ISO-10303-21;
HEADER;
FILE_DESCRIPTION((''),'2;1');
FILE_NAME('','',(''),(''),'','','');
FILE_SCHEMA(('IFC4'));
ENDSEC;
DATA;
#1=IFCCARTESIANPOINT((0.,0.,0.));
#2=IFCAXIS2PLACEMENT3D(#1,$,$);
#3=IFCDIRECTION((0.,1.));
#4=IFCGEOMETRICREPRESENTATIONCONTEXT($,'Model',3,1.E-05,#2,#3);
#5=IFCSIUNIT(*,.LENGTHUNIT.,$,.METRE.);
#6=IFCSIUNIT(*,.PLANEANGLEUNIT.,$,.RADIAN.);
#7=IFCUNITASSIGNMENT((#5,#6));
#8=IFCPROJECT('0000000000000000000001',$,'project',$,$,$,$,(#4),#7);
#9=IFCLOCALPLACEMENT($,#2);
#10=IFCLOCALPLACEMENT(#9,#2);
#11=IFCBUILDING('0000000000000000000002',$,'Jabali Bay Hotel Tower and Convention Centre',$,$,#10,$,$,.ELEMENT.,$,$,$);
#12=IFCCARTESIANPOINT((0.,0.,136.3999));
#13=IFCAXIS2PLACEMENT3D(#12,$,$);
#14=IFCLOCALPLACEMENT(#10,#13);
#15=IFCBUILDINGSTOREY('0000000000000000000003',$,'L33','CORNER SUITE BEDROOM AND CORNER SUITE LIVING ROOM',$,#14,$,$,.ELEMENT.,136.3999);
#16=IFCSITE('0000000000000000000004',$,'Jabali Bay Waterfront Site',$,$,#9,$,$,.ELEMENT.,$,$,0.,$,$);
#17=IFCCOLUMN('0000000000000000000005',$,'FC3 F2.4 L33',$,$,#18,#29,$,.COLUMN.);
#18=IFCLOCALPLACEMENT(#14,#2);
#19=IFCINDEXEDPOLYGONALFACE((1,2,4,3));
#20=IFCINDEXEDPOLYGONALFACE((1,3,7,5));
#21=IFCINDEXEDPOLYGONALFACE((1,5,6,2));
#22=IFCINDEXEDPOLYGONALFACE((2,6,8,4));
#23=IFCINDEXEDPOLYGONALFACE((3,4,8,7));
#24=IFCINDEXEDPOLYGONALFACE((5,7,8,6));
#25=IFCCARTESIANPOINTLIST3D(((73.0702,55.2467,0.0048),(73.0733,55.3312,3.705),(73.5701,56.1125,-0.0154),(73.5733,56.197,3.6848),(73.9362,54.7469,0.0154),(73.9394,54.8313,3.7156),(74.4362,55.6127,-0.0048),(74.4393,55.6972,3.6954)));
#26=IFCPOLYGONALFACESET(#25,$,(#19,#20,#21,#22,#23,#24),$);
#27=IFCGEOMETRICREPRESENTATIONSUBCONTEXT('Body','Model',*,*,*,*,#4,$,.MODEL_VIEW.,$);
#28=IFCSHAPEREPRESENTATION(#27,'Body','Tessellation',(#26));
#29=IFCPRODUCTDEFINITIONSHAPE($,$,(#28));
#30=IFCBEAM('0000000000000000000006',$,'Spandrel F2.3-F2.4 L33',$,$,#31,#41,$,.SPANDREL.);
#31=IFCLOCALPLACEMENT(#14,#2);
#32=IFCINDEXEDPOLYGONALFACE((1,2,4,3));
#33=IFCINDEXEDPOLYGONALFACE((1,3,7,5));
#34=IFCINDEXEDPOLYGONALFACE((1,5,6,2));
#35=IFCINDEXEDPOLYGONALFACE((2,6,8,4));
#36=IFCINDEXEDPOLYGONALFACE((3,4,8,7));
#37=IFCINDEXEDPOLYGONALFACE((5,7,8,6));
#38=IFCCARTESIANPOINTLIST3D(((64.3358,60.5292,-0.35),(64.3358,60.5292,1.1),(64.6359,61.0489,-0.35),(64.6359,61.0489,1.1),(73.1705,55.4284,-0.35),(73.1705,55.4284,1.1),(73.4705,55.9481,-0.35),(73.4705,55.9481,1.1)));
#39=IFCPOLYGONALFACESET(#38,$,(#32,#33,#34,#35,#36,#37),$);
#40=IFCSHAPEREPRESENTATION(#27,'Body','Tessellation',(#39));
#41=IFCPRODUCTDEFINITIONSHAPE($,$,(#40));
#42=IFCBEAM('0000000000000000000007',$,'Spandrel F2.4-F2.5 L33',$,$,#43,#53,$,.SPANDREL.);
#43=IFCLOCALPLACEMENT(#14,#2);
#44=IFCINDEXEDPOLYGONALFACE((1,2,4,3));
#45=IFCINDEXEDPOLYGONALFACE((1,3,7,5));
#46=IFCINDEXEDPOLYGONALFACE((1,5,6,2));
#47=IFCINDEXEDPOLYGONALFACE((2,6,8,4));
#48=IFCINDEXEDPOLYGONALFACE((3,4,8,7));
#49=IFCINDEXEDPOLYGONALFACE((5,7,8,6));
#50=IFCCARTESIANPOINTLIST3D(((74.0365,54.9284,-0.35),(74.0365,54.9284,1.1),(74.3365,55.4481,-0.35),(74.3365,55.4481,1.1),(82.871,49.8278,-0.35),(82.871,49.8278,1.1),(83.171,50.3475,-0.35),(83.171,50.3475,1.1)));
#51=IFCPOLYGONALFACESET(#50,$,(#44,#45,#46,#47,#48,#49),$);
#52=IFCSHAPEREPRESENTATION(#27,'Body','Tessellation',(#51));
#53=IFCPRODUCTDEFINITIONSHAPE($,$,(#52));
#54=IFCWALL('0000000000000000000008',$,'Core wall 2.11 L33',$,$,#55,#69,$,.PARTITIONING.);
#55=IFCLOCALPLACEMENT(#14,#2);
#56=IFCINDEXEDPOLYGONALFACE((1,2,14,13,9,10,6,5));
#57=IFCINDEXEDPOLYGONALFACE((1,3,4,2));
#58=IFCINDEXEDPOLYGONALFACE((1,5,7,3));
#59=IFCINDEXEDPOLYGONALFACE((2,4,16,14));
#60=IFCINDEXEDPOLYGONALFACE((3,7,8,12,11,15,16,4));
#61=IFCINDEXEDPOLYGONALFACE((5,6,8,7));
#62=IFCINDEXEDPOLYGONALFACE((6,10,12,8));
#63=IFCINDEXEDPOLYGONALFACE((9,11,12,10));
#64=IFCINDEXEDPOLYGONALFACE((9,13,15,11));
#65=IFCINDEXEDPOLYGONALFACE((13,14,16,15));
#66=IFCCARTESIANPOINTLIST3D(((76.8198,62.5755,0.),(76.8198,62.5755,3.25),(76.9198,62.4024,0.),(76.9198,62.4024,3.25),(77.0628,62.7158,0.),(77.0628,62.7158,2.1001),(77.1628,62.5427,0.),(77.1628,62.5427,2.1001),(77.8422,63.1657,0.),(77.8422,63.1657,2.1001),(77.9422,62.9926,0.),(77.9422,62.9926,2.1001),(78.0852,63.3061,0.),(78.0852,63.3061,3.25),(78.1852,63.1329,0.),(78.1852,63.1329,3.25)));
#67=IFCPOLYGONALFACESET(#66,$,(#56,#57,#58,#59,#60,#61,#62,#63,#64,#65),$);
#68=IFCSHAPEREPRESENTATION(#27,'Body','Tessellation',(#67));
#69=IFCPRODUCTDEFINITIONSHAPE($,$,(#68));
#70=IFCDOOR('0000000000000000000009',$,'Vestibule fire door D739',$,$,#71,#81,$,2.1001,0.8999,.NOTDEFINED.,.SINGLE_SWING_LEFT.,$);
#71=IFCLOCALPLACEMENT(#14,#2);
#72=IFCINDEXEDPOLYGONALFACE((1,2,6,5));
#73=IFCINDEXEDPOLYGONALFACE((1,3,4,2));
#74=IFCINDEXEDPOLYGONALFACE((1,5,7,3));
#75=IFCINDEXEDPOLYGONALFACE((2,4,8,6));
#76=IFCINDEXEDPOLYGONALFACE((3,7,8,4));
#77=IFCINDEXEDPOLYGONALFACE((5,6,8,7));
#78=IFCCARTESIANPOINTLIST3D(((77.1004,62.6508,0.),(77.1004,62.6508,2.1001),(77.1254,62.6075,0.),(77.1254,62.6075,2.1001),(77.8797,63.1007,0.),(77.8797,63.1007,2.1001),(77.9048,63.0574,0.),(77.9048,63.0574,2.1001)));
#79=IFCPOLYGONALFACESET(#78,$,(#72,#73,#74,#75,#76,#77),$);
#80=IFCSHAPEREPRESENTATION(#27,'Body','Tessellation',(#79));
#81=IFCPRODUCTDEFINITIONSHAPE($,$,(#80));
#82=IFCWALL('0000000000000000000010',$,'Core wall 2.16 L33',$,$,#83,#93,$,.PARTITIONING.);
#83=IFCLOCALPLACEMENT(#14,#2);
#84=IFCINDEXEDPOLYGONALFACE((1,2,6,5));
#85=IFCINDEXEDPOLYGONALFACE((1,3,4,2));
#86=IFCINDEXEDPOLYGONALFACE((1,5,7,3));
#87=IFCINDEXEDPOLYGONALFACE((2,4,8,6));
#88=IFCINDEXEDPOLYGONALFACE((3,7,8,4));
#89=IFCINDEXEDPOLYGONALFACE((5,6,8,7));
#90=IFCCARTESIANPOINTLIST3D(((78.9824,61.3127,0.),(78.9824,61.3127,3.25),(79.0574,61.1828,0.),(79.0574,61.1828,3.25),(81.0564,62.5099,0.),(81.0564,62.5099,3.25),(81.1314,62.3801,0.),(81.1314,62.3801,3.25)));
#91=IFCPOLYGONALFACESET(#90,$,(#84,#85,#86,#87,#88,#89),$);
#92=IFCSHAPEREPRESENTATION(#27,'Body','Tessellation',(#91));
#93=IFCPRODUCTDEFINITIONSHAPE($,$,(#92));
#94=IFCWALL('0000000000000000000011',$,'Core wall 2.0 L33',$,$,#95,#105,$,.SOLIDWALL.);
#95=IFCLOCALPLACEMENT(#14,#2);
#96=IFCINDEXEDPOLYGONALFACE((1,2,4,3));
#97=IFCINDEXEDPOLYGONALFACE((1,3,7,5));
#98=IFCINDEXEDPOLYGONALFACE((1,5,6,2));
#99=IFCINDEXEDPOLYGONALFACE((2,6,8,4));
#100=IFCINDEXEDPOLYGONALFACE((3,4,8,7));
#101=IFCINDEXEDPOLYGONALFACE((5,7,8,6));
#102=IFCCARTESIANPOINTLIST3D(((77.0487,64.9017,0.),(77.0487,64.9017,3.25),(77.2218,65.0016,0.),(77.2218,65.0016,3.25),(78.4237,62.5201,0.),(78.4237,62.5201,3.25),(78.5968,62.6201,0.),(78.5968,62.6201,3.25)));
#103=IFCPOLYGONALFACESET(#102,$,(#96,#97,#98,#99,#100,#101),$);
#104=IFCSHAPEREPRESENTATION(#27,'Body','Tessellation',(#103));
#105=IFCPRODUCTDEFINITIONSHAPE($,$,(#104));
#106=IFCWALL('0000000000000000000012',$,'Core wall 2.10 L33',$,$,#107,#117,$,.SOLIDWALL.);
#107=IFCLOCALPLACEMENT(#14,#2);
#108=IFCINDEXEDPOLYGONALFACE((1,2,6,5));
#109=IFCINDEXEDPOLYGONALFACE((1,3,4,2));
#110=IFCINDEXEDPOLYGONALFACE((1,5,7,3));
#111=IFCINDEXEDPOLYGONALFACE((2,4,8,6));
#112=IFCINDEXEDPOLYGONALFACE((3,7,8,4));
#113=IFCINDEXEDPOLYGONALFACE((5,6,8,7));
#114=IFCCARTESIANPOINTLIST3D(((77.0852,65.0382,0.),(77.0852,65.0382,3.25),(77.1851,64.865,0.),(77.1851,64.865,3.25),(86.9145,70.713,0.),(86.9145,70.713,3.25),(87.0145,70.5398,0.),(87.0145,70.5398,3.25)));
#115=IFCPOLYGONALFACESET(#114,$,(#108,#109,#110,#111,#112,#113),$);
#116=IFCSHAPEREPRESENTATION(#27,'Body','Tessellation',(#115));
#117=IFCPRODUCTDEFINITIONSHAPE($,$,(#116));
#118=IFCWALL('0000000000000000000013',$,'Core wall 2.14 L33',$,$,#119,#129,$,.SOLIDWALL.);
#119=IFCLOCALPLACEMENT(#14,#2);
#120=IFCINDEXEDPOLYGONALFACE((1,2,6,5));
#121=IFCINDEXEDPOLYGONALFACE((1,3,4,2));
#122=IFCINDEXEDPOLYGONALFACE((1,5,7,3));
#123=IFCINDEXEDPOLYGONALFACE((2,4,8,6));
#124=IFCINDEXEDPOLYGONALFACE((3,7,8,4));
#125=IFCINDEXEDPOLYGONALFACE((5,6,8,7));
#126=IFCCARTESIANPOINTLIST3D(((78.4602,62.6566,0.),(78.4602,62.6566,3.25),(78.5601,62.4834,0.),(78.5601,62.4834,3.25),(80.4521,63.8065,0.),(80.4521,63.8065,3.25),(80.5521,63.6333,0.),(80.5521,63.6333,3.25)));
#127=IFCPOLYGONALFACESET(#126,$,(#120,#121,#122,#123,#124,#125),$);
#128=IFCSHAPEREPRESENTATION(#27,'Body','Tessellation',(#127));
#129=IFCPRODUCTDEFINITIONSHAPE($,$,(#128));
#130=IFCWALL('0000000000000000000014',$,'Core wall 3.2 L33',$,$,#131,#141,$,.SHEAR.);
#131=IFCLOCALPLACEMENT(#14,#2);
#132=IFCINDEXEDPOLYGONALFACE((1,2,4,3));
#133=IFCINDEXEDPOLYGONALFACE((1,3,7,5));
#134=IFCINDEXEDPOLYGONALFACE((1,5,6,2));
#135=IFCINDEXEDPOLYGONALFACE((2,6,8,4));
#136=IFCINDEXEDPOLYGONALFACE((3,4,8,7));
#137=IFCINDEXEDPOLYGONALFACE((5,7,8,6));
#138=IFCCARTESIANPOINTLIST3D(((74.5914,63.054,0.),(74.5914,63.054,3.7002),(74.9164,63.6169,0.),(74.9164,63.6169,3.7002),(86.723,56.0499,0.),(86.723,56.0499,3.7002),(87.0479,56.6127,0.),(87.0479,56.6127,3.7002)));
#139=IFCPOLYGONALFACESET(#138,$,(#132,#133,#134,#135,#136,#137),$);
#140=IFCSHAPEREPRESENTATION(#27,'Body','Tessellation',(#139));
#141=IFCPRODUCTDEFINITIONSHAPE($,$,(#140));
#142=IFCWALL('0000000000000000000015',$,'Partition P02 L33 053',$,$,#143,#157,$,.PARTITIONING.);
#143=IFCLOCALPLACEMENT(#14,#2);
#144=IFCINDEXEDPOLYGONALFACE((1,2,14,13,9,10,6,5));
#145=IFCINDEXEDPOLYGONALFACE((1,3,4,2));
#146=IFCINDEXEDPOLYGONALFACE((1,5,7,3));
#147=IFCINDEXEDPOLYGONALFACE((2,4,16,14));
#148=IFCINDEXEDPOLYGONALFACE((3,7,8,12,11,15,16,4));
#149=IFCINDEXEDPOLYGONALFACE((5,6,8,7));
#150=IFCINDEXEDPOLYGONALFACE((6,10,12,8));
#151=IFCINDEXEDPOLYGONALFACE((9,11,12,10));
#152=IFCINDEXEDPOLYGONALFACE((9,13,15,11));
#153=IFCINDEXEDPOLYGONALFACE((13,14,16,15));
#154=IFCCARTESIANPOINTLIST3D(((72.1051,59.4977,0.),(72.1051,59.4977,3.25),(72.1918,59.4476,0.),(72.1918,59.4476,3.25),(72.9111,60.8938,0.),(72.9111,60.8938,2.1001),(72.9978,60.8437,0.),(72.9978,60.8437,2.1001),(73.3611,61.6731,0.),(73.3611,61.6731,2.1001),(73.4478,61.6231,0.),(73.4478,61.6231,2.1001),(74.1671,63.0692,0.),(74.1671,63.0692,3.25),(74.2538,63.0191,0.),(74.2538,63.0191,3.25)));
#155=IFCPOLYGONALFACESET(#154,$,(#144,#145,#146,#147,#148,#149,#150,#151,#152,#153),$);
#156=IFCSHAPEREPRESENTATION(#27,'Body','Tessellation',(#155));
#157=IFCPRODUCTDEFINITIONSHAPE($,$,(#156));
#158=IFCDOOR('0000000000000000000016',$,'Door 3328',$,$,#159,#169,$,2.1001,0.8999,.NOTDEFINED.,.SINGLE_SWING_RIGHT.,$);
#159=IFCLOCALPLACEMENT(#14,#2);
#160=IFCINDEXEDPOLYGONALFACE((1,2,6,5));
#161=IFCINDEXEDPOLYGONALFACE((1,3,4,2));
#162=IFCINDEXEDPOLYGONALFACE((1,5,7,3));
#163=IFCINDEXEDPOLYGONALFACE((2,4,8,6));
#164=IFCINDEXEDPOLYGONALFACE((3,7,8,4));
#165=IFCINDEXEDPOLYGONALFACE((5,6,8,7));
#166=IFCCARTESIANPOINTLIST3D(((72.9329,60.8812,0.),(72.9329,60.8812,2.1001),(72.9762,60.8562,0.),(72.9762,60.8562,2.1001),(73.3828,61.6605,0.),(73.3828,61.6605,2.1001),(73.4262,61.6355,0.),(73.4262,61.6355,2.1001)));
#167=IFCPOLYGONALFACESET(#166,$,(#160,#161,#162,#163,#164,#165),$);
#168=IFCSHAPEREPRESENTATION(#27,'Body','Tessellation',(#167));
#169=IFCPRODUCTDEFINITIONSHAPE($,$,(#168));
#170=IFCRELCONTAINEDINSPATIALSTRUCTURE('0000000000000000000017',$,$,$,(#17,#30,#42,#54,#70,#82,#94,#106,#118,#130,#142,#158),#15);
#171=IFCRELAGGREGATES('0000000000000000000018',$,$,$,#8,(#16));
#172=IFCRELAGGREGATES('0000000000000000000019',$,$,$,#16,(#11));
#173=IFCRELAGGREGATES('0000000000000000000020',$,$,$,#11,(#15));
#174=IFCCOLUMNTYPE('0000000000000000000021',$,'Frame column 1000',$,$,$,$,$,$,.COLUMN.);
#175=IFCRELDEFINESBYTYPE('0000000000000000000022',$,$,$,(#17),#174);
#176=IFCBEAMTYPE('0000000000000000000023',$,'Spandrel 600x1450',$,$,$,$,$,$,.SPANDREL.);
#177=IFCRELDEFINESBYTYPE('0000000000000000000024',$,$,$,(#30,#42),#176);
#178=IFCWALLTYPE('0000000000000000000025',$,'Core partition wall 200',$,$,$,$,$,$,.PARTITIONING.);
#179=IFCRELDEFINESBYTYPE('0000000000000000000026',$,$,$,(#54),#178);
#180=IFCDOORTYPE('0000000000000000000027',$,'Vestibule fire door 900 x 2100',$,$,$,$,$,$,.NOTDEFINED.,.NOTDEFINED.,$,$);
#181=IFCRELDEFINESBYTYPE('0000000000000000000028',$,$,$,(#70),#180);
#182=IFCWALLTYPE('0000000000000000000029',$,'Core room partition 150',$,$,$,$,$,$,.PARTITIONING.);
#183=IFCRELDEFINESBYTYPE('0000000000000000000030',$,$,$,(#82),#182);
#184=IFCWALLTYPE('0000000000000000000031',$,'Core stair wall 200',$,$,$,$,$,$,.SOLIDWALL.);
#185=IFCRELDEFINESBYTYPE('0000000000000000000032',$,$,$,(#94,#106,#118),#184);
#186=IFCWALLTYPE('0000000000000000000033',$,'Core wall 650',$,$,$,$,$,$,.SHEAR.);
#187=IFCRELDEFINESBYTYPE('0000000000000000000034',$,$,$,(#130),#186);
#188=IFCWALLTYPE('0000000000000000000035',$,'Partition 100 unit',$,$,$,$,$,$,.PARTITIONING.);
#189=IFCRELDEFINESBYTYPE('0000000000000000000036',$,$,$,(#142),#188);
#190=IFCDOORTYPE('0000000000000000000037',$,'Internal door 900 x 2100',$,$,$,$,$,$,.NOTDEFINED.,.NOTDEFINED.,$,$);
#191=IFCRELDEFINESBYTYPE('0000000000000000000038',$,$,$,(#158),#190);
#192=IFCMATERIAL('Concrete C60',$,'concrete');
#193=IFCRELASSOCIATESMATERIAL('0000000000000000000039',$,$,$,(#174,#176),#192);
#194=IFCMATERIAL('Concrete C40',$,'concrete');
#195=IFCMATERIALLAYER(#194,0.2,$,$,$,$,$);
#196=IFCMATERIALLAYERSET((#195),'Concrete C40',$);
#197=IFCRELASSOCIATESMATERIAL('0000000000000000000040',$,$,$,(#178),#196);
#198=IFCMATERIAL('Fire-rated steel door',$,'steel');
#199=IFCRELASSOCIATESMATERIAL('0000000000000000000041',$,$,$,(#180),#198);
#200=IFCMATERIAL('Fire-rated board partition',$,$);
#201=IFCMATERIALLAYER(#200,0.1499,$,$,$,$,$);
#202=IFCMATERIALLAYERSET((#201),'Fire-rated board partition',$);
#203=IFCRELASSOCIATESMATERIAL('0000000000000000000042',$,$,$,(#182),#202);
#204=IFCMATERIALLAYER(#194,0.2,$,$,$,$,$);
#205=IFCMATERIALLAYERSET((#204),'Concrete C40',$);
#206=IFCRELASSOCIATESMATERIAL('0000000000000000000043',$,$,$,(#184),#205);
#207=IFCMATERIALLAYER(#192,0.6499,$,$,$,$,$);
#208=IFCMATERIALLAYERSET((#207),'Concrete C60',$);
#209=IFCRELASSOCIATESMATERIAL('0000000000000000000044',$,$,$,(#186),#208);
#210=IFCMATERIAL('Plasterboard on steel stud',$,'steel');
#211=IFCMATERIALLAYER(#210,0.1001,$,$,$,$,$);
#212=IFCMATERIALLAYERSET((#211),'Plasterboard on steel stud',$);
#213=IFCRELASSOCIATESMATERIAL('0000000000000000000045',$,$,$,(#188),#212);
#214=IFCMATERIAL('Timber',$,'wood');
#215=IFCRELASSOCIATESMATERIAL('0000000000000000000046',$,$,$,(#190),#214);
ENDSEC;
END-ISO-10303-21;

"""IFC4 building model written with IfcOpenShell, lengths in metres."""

from ifc_helpers import new_model, si_unit, direction, frame, frame_2d, origin, origin_2d, place, context, subcontext, project, spatial, rectangle, extrude, material, layer, layer_set, material_profile, profile_set, type_object, element, fill, save


model = new_model("IFC4")

# Units and contexts
model_context = context("Model", 3, precision=1e-05, world=origin(), true_north=direction((0.0, 1.0)))
body_context = subcontext(model_context, "Body", "Model", "MODEL_VIEW")
ifc_project = project(units=[si_unit("LENGTHUNIT", "METRE"), si_unit("PLANEANGLEUNIT", "RADIAN")], contexts=[model_context])

# Site, building, storey
site_placement = place(None, origin())
site = spatial("IfcSite", under=ifc_project, at=site_placement, Name="Jabali Bay Waterfront Site", CompositionType="ELEMENT", RefElevation=0.0)
building_placement = place(site_placement, origin())
building = spatial("IfcBuilding", under=site, at=building_placement, Name="Jabali Bay Hotel Tower and Convention Centre", CompositionType="ELEMENT")
storey_placement = place(building_placement, frame((0.0, 0.0, 136.3999)))
storey = spatial("IfcBuildingStorey", under=building, at=storey_placement, Name="L33", Description="CORNER SUITE BEDROOM AND CORNER SUITE LIVING ROOM", CompositionType="ELEMENT", Elevation=136.3999)

# Column
ifc_material_1 = material(Name="Concrete C60", Category="concrete")
ifc_material_profile_1 = material_profile(ifc_material_1, rectangle(XDim=1.0, YDim=1.0, at=origin_2d()), Name="Frame column 1000")
ifc_profile_set_1 = profile_set([ifc_material_profile_1], Name="Concrete C60")
column_type = type_object("IfcColumnType", Name="Frame column 1000", PredefinedType="COLUMN", material=ifc_profile_set_1)
column_placement = place(storey_placement, frame((73.7532, 55.4297, 0.0), z_axis=(0.000858, 0.022823, 0.999739), x_axis=(-0.499939, -0.865825, 0.020195)))
element("IfcColumn", 1, at=column_placement, inside=storey, type_object=column_type, Name="FC3 F2.4 L33", PredefinedType="COLUMN", context=body_context, shape_type="SweptSolid", body=[
    extrude(rectangle(XDim=1.0, YDim=1.0, at=origin_2d()), origin(), (0.0, 0.0, 1.0), 3.7012),
])

# Beams
ifc_material_profile_2 = material_profile(ifc_material_1, rectangle(XDim=0.6001, YDim=1.45, at=origin_2d()), Name="Spandrel 600x1450")
ifc_profile_set_2 = profile_set([ifc_material_profile_2], Name="Concrete C60")
beam_type = type_object("IfcBeamType", Name="Spandrel 600x1450", PredefinedType="SPANDREL", material=ifc_profile_set_2)
beam_1_placement = place(storey_placement, frame((64.4858, 60.7891, 0.375), z_axis=(0.866021, -0.500008, 0.0), x_axis=(0.500008, 0.866021, 0.0)))
element("IfcBeam", 2, at=beam_1_placement, inside=storey, type_object=beam_type, Name="Spandrel F2.3-F2.4 L33", PredefinedType="SPANDREL", context=body_context, shape_type="SweptSolid", body=[
    extrude(rectangle(XDim=0.6001, YDim=1.45, at=origin_2d()), origin(), (0.0, 0.0, 1.0), 10.2014),
])
beam_2_placement = place(storey_placement, frame((74.1865, 55.1882, 0.375), z_axis=(0.866025, -0.5, 0.0), x_axis=(0.5, 0.866025, 0.0)))
element("IfcBeam", 3, at=beam_2_placement, inside=storey, type_object=beam_type, Name="Spandrel F2.4-F2.5 L33", PredefinedType="SPANDREL", context=body_context, shape_type="SweptSolid", body=[
    extrude(rectangle(XDim=0.6001, YDim=1.45, at=origin_2d()), origin(), (0.0, 0.0, 1.0), 10.2012),
])

# Wall, opening, door
ifc_material_2 = material(Name="Concrete C40", Category="concrete")
ifc_layer_1 = layer(ifc_material_2, 0.2)
ifc_layer_set_1 = layer_set([ifc_layer_1], Name="Concrete C40")
wall_type_1 = type_object("IfcWallType", Name="Core partition wall 200", PredefinedType="PARTITIONING", material=ifc_layer_set_1)
wall_1_placement = place(storey_placement, frame((76.8699, 62.489, 0.0), z_axis=(0.0, 0.0, 1.0), x_axis=(0.866055, 0.499949, 0.0)))
wall_1 = element("IfcWall", 4, at=wall_1_placement, inside=storey, type_object=wall_type_1, Name="Core wall 2.11 L33", PredefinedType="PARTITIONING", context=body_context, shape_type="SweptSolid", body=[
    extrude(rectangle(XDim=1.4612, YDim=0.2, at=frame_2d((0.7305, 0.0))), origin(), (0.0, 0.0, 1.0), 3.25),
])
opening_1_placement = place(wall_1_placement, frame((0.2805, 0.0, 0.0)))
opening_1 = element("IfcOpeningElement", 5, at=opening_1_placement, cuts=wall_1, PredefinedType="OPENING", context=body_context, shape_type="SweptSolid", body=[
    extrude(rectangle(XDim=0.8999, YDim=2.1001, at=frame_2d((0.45, 1.05))), frame((0.0, 0.1104, 0.0), z_axis=(0.0, -1.0, 0.0), x_axis=(1.0, 0.0, 0.0)), (0.0, 0.0, 1.0), 0.2209),
])
ifc_material_3 = material(Name="Fire-rated steel door", Category="steel")
door_type_1 = type_object("IfcDoorType", Name="Vestibule fire door 900 x 2100", OperationType="NOTDEFINED", PredefinedType="NOTDEFINED", material=ifc_material_3)
door_1_placement = place(opening_1_placement, origin())
door_1 = element("IfcDoor", 6, at=door_1_placement, inside=storey, type_object=door_type_1, Name="Vestibule fire door D739", OperationType="SINGLE_SWING_LEFT", OverallHeight=2.1001, OverallWidth=0.8999, PredefinedType="NOTDEFINED", context=body_context, shape_type="SweptSolid", body=[
    extrude(rectangle(XDim=0.8999, YDim=2.1001, at=frame_2d((0.45, 1.05))), frame((0.0, 0.0249, 0.0), z_axis=(0.0, -1.0, 0.0), x_axis=(1.0, 0.0, 0.0)), (0.0, 0.0, 1.0), 0.05),
])
fill(opening_1, door_1)

# Walls
ifc_material_4 = material(Name="Fire-rated board partition")
ifc_layer_2 = layer(ifc_material_4, 0.1499)
ifc_layer_set_2 = layer_set([ifc_layer_2], Name="Fire-rated board partition")
wall_type_2 = type_object("IfcWallType", Name="Core room partition 150", PredefinedType="PARTITIONING", material=ifc_layer_set_2)
wall_2_placement = place(storey_placement, frame((79.02, 61.2478, 0.0), z_axis=(0.0, 0.0, 1.0), x_axis=(0.866051, 0.499955, 0.0)))
element("IfcWall", 7, at=wall_2_placement, inside=storey, type_object=wall_type_2, Name="Core wall 2.16 L33", PredefinedType="PARTITIONING", context=body_context, shape_type="SweptSolid", body=[
    extrude(rectangle(XDim=2.3948, YDim=0.1499, at=frame_2d((1.1973, 0.0))), origin(), (0.0, 0.0, 1.0), 3.25),
])
ifc_layer_3 = layer(ifc_material_2, 0.2)
ifc_layer_set_3 = layer_set([ifc_layer_3], Name="Concrete C40")
wall_type_3 = type_object("IfcWallType", Name="Core stair wall 200", PredefinedType="SOLIDWALL", material=ifc_layer_set_3)
wall_3_placement = place(storey_placement, frame((77.1353, 64.9517, 0.0), z_axis=(0.0, 0.0, 1.0), x_axis=(0.499997, -0.866027, 0.0)))
element("IfcWall", 8, at=wall_3_placement, inside=storey, type_object=wall_type_3, Name="Core wall 2.0 L33", PredefinedType="SOLIDWALL", context=body_context, shape_type="SweptSolid", body=[
    extrude(rectangle(XDim=2.75, YDim=0.2, at=frame_2d((1.375, 0.0))), origin(), (0.0, 0.0, 1.0), 3.25),
])
wall_4_placement = place(storey_placement, frame((77.1353, 64.9517, 0.0), z_axis=(0.0, 0.0, 1.0), x_axis=(0.866032, 0.499989, 0.0)))
element("IfcWall", 9, at=wall_4_placement, inside=storey, type_object=wall_type_3, Name="Core wall 2.10 L33", PredefinedType="SOLIDWALL", context=body_context, shape_type="SweptSolid", body=[
    extrude(rectangle(XDim=11.3499, YDim=0.2, at=frame_2d((5.6748, 0.0))), origin(), (0.0, 0.0, 1.0), 3.25),
])
wall_5_placement = place(storey_placement, frame((78.5103, 62.5701, 0.0), z_axis=(0.0, 0.0, 1.0), x_axis=(0.866053, 0.499952, 0.0)))
element("IfcWall", 10, at=wall_5_placement, inside=storey, type_object=wall_type_3, Name="Core wall 2.14 L33", PredefinedType="SOLIDWALL", context=body_context, shape_type="SweptSolid", body=[
    extrude(rectangle(XDim=2.3, YDim=0.2, at=frame_2d((1.1499, 0.0))), origin(), (0.0, 0.0, 1.0), 3.25),
])
ifc_layer_4 = layer(ifc_material_1, 0.6499)
ifc_layer_set_4 = layer_set([ifc_layer_4], Name="Concrete C60")
wall_type_4 = type_object("IfcWallType", Name="Core wall 650", PredefinedType="SHEAR", material=ifc_layer_set_4)
wall_6_placement = place(storey_placement, frame((74.7539, 63.3354, 0.0), z_axis=(0.0, 0.0, 1.0), x_axis=(0.866026, -0.499999, 0.0)))
element("IfcWall", 11, at=wall_6_placement, inside=storey, type_object=wall_type_4, Name="Core wall 3.2 L33", PredefinedType="SHEAR", context=body_context, shape_type="SweptSolid", body=[
    extrude(rectangle(XDim=14.0083, YDim=0.6499, at=frame_2d((7.0042, 0.0))), origin(), (0.0, 0.0, 1.0), 3.7002),
])

# Wall, opening, door
ifc_material_5 = material(Name="Plasterboard on steel stud", Category="steel")
ifc_layer_5 = layer(ifc_material_5, 0.1001)
ifc_layer_set_5 = layer_set([ifc_layer_5], Name="Plasterboard on steel stud")
wall_type_5 = type_object("IfcWallType", Name="Partition 100 unit", PredefinedType="PARTITIONING", material=ifc_layer_set_5)
wall_7_placement = place(storey_placement, frame((72.1484, 59.4727, 0.0), z_axis=(0.0, 0.0, 1.0), x_axis=(0.499997, 0.866027, 0.0)))
wall_7 = element("IfcWall", 12, at=wall_7_placement, inside=storey, type_object=wall_type_5, Name="Partition P02 L33 053", PredefinedType="PARTITIONING", context=body_context, shape_type="SweptSolid", body=[
    extrude(rectangle(XDim=4.124, YDim=0.1001, at=frame_2d((2.062, 0.0))), origin(), (0.0, 0.0, 1.0), 3.25),
])
opening_2_placement = place(wall_7_placement, frame((1.6121, 0.0, 0.0)))
opening_2 = element("IfcOpeningElement", 13, at=opening_2_placement, cuts=wall_7, PredefinedType="OPENING", context=body_context, shape_type="SweptSolid", body=[
    extrude(rectangle(XDim=0.8999, YDim=2.1001, at=frame_2d((0.45, 1.05))), frame((0.0, 0.0605, 0.0), z_axis=(0.0, -1.0, 0.0), x_axis=(1.0, 0.0, 0.0)), (0.0, 0.0, 1.0), 0.1211),
])
ifc_material_6 = material(Name="Timber", Category="wood")
door_type_2 = type_object("IfcDoorType", Name="Internal door 900 x 2100", OperationType="NOTDEFINED", PredefinedType="NOTDEFINED", material=ifc_material_6)
door_2_placement = place(opening_2_placement, origin())
door_2 = element("IfcDoor", 14, at=door_2_placement, inside=storey, type_object=door_type_2, Name="Door 3328", OperationType="SINGLE_SWING_RIGHT", OverallHeight=2.1001, OverallWidth=0.8999, PredefinedType="NOTDEFINED", context=body_context, shape_type="SweptSolid", body=[
    extrude(rectangle(XDim=0.8999, YDim=2.1001, at=frame_2d((0.45, 1.05))), frame((0.0, 0.0249, 0.0), z_axis=(0.0, -1.0, 0.0), x_axis=(1.0, 0.0, 0.0)), (0.0, 0.0, 1.0), 0.05),
])
fill(opening_2, door_2)

save(model, "model.ifc")
